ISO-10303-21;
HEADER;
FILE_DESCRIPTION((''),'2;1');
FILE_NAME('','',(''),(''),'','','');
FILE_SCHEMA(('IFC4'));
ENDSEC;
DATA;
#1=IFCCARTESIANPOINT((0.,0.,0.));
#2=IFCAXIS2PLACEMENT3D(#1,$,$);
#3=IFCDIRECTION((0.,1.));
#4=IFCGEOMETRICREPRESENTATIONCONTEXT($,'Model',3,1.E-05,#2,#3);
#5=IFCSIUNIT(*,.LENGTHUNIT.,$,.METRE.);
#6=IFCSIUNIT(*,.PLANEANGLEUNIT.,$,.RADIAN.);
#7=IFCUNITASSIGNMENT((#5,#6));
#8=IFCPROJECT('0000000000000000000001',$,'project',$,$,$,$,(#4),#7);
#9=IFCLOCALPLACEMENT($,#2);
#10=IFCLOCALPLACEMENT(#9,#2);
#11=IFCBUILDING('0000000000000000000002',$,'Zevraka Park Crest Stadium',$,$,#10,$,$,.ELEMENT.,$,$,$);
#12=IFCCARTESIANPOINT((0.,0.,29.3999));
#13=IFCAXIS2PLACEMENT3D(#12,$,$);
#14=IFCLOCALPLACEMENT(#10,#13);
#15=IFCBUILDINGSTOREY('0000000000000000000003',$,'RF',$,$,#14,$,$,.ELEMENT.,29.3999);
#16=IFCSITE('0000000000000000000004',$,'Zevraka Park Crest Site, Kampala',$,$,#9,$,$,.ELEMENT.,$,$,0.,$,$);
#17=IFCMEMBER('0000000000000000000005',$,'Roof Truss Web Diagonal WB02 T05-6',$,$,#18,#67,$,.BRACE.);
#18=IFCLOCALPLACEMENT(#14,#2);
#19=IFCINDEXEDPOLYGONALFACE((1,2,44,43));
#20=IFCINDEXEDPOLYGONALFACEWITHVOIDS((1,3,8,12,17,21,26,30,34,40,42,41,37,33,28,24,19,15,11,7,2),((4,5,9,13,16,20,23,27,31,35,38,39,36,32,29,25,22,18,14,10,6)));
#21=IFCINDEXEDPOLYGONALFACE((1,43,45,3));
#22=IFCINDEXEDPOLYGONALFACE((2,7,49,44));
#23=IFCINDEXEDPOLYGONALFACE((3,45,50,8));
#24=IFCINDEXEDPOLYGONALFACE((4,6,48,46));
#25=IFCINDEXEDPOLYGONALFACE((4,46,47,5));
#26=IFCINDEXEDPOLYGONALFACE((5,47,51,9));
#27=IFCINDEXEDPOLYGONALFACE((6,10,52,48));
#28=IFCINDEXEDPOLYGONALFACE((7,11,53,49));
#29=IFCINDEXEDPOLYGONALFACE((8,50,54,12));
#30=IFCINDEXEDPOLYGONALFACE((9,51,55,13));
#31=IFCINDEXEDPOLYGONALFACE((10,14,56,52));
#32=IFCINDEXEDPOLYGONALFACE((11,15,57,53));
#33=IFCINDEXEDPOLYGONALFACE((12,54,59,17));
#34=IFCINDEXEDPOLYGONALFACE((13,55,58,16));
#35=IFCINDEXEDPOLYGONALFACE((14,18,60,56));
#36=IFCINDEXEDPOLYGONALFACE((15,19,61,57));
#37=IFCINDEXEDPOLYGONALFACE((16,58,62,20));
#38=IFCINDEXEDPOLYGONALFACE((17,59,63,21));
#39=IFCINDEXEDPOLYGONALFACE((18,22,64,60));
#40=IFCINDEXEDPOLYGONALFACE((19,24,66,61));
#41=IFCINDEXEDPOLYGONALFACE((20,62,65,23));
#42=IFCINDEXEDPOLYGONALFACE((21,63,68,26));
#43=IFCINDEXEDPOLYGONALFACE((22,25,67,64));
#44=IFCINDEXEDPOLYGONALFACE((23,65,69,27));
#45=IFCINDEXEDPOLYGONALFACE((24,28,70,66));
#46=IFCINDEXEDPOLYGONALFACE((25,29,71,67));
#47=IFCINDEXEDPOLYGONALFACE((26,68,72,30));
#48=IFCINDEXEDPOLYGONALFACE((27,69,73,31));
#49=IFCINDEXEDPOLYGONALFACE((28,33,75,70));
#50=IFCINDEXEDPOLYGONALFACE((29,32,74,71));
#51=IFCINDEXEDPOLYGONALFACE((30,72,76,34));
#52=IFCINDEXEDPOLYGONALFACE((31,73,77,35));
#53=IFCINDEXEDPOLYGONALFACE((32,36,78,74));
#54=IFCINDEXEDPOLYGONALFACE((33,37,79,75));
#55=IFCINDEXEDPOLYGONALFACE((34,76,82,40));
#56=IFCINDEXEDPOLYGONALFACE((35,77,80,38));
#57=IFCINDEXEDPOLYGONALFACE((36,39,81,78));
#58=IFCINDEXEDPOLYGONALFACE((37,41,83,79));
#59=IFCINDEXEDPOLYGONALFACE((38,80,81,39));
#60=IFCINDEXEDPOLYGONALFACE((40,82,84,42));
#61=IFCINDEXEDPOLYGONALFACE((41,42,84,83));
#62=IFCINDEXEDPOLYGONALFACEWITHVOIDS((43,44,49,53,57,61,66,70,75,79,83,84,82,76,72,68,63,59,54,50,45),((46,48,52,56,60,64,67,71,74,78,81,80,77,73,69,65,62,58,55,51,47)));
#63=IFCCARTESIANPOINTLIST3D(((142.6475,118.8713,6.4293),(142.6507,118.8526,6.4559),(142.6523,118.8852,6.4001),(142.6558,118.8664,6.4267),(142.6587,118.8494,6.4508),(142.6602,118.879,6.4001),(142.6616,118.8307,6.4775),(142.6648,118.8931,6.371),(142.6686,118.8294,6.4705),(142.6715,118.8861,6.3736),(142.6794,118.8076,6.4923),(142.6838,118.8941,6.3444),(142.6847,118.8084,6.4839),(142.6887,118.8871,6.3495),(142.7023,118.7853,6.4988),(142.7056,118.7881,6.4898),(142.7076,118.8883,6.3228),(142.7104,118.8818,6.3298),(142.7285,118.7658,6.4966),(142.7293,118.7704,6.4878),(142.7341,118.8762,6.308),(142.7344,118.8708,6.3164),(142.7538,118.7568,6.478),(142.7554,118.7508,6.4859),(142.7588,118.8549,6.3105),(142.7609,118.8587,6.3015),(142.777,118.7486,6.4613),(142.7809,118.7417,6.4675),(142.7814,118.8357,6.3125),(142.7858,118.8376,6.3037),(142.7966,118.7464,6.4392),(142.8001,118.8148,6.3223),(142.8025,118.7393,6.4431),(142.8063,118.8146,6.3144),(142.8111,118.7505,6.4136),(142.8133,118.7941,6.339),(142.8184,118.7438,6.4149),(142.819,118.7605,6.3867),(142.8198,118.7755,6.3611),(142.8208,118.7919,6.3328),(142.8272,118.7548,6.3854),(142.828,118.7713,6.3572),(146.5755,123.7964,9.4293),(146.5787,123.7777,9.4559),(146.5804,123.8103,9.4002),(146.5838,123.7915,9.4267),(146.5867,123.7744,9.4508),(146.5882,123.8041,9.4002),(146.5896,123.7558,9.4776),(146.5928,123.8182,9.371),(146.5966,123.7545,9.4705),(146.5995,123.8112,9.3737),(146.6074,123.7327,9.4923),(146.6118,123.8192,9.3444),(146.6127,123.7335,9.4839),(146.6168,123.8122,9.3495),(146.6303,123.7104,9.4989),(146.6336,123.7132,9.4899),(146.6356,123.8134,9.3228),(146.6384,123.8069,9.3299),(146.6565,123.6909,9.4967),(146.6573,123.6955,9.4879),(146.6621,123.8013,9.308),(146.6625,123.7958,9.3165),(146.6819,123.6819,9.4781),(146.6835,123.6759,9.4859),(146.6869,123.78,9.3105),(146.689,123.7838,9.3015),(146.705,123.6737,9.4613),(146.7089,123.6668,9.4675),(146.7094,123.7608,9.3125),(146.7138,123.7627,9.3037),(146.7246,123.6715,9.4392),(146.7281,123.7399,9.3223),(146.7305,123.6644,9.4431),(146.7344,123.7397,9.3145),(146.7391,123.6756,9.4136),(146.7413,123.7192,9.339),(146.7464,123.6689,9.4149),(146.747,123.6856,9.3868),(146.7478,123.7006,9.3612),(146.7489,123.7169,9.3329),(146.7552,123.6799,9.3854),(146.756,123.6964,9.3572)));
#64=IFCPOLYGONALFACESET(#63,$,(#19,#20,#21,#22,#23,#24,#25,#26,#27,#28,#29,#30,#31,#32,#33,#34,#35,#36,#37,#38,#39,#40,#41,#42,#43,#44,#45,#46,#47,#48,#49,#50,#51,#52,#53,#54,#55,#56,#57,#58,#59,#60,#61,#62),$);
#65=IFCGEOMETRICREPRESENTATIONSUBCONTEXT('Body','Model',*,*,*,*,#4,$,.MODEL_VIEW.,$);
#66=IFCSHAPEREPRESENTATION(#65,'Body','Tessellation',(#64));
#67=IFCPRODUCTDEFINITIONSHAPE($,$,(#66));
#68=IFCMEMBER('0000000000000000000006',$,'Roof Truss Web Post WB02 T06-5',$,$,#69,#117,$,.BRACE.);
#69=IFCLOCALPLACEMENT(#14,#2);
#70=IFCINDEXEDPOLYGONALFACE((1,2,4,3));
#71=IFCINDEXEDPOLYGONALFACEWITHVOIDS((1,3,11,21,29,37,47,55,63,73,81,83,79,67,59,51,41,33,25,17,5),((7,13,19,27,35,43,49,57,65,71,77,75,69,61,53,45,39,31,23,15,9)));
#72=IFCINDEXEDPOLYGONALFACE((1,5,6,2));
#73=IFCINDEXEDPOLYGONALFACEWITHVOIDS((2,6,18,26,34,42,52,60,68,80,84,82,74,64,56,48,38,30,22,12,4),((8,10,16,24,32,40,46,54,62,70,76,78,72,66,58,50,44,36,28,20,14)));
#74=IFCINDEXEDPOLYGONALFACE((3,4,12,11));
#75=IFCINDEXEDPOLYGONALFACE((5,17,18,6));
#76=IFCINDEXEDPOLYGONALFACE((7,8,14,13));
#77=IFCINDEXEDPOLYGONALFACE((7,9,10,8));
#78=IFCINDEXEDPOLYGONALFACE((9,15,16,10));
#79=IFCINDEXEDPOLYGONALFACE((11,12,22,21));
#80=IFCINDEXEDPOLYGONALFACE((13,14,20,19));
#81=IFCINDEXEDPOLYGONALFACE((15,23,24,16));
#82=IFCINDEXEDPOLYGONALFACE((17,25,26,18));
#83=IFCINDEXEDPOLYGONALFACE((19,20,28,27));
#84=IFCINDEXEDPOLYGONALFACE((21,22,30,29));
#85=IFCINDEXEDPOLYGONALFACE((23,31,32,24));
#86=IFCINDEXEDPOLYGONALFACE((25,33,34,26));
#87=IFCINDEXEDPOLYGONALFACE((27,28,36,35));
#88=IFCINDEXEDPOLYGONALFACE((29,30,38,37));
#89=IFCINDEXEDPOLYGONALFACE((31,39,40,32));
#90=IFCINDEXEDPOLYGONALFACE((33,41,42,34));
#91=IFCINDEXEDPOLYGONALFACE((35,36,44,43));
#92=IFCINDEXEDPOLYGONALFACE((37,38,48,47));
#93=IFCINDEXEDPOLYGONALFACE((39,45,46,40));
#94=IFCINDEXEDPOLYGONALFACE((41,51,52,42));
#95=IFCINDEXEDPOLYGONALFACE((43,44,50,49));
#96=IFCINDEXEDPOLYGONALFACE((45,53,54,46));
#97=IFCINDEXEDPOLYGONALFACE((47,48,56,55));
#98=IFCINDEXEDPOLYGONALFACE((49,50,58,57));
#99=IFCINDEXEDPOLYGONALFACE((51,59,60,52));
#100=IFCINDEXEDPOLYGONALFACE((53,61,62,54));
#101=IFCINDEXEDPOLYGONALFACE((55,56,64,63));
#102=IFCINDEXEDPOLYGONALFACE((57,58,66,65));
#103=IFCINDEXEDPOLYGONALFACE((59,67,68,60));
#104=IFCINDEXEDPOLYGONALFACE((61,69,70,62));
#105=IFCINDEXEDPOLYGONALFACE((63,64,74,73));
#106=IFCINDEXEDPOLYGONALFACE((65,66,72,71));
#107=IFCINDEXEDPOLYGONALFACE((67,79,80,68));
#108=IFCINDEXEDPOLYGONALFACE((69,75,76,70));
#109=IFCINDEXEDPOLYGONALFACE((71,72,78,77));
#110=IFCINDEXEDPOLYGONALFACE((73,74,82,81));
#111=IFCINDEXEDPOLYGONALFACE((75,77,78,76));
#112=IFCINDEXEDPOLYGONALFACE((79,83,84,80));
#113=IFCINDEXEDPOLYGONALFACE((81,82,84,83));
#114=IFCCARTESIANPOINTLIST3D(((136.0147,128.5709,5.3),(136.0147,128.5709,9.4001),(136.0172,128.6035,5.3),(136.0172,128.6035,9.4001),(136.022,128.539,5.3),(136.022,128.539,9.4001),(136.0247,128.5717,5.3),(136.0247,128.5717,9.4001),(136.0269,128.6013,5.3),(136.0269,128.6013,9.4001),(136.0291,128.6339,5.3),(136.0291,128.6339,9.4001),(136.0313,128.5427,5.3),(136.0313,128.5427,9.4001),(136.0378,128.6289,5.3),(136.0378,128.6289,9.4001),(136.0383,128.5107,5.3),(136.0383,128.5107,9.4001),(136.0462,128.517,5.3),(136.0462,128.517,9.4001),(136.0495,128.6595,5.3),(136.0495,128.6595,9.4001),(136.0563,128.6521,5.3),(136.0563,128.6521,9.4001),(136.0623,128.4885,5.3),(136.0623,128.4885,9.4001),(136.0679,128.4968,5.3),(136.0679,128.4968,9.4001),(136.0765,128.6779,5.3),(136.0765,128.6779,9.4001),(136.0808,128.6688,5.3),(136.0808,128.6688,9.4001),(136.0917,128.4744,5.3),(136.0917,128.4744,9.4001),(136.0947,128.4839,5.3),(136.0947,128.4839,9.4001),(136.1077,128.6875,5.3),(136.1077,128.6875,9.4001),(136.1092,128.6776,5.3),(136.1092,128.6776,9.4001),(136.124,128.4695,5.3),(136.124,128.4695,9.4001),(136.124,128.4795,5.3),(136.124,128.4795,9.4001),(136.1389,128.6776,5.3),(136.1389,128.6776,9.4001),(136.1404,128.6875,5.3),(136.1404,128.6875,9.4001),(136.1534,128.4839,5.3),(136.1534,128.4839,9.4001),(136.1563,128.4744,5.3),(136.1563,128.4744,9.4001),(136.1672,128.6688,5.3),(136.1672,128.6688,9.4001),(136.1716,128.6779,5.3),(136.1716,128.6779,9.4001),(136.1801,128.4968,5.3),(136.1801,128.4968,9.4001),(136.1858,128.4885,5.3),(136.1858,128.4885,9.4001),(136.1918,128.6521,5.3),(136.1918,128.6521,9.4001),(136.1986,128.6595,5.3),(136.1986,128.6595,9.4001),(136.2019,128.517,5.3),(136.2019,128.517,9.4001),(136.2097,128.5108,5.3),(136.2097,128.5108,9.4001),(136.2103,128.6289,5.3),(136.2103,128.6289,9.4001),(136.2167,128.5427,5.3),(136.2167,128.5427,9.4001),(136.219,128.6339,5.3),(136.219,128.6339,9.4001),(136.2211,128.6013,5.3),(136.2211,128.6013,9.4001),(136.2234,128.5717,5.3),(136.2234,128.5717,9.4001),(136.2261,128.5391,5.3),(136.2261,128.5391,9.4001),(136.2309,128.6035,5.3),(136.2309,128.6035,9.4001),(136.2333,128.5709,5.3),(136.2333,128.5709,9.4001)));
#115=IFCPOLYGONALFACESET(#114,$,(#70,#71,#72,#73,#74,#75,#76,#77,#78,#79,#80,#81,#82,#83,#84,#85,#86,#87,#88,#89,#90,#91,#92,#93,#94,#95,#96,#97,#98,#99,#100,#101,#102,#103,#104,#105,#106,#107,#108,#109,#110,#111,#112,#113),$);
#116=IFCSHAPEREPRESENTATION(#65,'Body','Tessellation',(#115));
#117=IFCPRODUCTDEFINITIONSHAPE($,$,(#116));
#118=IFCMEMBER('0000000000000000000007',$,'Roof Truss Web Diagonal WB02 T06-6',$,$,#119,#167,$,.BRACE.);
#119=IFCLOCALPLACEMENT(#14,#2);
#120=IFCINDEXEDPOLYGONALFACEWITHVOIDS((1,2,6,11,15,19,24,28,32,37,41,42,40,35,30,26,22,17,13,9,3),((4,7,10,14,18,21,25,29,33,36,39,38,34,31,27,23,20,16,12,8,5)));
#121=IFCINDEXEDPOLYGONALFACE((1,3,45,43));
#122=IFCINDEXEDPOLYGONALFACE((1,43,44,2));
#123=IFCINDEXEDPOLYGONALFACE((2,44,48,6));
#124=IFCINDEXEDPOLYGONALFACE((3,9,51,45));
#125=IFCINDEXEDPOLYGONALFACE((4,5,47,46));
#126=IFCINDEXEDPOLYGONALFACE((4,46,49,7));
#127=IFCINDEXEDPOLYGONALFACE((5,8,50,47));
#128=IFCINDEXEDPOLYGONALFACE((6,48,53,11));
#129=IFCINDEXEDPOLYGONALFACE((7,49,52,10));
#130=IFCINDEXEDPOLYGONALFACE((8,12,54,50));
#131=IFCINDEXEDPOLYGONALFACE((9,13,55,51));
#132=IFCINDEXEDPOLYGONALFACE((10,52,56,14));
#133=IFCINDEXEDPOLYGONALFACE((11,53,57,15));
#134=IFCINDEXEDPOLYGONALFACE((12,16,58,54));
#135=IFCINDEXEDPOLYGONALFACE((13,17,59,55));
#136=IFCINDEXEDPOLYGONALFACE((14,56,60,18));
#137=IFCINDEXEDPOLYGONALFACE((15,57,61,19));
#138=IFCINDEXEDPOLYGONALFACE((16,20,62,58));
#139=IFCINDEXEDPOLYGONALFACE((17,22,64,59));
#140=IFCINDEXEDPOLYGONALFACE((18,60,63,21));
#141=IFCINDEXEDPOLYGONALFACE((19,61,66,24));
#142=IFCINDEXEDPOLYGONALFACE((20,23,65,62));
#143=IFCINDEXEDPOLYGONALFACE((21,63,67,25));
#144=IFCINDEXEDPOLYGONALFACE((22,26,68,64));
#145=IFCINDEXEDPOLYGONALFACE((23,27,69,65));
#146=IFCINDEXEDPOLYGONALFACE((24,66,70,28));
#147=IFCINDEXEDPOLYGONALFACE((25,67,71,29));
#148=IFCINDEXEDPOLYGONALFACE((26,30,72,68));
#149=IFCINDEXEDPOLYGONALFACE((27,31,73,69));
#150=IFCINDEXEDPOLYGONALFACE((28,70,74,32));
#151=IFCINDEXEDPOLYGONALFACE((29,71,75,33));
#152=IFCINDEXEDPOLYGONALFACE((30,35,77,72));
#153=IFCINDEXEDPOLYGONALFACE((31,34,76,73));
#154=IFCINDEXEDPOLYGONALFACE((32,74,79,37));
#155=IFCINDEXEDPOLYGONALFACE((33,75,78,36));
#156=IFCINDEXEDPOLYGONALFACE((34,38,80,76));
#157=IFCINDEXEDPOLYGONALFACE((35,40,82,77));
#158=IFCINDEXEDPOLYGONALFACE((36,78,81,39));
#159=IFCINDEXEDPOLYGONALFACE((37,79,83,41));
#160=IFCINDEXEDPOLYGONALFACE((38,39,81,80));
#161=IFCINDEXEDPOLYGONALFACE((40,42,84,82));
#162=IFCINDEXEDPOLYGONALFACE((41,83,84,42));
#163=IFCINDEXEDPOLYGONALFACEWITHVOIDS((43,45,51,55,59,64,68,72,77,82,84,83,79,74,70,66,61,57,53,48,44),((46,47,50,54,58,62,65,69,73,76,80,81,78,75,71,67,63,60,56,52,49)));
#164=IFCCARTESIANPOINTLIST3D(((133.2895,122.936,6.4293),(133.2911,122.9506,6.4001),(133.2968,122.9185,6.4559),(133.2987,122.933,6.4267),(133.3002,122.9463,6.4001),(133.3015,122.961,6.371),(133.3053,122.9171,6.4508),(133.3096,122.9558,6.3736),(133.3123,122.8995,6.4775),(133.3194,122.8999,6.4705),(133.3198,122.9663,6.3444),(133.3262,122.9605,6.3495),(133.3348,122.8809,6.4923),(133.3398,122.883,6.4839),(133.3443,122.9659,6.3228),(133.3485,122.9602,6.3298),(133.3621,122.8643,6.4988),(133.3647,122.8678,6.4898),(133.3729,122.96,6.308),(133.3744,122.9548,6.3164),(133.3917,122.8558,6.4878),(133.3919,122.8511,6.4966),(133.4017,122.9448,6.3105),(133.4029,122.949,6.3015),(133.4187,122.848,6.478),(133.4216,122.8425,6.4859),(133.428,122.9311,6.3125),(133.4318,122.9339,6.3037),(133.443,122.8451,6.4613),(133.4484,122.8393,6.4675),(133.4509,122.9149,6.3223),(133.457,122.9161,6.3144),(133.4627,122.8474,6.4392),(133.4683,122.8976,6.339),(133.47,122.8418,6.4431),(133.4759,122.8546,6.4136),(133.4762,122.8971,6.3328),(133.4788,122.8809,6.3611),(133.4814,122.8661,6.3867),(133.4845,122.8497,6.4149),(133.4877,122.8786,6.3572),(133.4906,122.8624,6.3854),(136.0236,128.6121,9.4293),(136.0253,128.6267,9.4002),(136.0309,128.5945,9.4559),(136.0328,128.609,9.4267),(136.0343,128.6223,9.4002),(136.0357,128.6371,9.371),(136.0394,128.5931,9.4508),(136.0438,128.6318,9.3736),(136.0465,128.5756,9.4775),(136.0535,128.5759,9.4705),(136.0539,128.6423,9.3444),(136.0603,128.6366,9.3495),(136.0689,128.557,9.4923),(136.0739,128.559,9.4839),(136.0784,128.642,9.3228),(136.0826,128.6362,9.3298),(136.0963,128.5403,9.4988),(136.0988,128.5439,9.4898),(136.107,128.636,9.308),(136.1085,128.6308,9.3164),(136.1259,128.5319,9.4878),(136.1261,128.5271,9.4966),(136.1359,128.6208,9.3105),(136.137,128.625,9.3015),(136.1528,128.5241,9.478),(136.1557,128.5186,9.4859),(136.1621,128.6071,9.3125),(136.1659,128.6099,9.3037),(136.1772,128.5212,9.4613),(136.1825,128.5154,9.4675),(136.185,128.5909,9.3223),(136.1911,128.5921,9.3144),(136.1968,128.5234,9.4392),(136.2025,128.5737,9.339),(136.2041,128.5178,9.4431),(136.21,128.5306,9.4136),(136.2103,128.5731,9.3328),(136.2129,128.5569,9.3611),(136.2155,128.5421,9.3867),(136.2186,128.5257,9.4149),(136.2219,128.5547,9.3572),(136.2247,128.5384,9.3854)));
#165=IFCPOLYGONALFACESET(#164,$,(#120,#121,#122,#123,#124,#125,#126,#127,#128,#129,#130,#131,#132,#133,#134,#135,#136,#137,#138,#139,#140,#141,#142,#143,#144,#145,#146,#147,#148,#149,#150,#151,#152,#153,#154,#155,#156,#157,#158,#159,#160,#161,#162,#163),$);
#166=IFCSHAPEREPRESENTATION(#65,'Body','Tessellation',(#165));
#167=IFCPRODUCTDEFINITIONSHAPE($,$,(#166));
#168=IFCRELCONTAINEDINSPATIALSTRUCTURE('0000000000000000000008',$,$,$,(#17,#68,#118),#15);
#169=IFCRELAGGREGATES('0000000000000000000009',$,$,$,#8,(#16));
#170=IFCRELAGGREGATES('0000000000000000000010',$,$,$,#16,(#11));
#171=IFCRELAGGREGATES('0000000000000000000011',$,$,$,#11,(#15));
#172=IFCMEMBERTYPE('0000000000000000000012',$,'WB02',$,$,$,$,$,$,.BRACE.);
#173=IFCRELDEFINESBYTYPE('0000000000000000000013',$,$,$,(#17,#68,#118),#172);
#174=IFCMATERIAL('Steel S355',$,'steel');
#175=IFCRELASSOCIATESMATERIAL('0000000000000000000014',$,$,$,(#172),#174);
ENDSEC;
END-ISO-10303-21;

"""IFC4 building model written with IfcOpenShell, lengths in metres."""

from ifc_helpers import new_model, si_unit, direction, frame, origin, origin_2d, place, context, subcontext, project, spatial, hollow_circle, extrude, material, material_profile, profile_set, type_object, element, save


model = new_model("IFC4")

# Units and contexts
model_context = context("Model", 3, precision=1e-05, world=origin(), true_north=direction((0.0, 1.0)))
body_context = subcontext(model_context, "Body", "Model", "MODEL_VIEW")
ifc_project = project(units=[si_unit("LENGTHUNIT", "METRE"), si_unit("PLANEANGLEUNIT", "RADIAN")], contexts=[model_context])

# Site, building, storey
site_placement = place(None, origin())
site = spatial("IfcSite", under=ifc_project, at=site_placement, Name="Zevraka Park Crest Site, Kampala", CompositionType="ELEMENT", RefElevation=0.0)
building_placement = place(site_placement, origin())
building = spatial("IfcBuilding", under=site, at=building_placement, Name="Zevraka Park Crest Stadium", CompositionType="ELEMENT")
storey_placement = place(building_placement, frame((0.0, 0.0, 29.3999)))
storey = spatial("IfcBuildingStorey", under=building, at=storey_placement, Name="RF", CompositionType="ELEMENT", Elevation=29.3999)

# Members
ifc_material_1 = material(Name="Steel S355", Category="steel")
ifc_material_profile_1 = material_profile(ifc_material_1, hollow_circle(Radius=0.1096, WallThickness=0.01, at=origin_2d()), Name="CHS 219.1x10")
ifc_profile_set_1 = profile_set([ifc_material_profile_1], Name="Steel S355")
member_type_1 = type_object("IfcMemberType", Name="WB02", PredefinedType="BRACE", material=ifc_profile_set_1)
member_1_placement = place(storey_placement, frame((142.738, 118.8169, 6.4001), z_axis=(0.562951, 0.70585, 0.429955), x_axis=(-0.781802, 0.623527, 0.0)))
element("IfcMember", 1, at=member_1_placement, inside=storey, type_object=member_type_1, Name="Roof Truss Web Diagonal WB02 T05-6", PredefinedType="BRACE", context=body_context, shape_type="SweptSolid", body=[
    extrude(hollow_circle(Radius=0.1096, WallThickness=0.01, at=origin_2d()), origin(), (0.0, 0.0, 1.0), 6.9775),
])
member_2_placement = place(storey_placement, frame((136.124, 128.5791, 5.3), z_axis=(0.0, 0.0, 1.0), x_axis=(0.433816, 0.901001, 0.0)))
element("IfcMember", 2, at=member_2_placement, inside=storey, type_object=member_type_1, Name="Roof Truss Web Post WB02 T06-5", PredefinedType="BRACE", context=body_context, shape_type="SweptSolid", body=[
    extrude(hollow_circle(Radius=0.1096, WallThickness=0.01, at=origin_2d()), origin(), (0.0, 0.0, 1.0), 4.1001),
])
member_3_placement = place(storey_placement, frame((133.3899, 122.9031, 6.4001), z_axis=(0.391821, 0.813415, 0.429922), x_axis=(-0.900925, 0.433974, 0.0)))
element("IfcMember", 3, at=member_3_placement, inside=storey, type_object=member_type_1, Name="Roof Truss Web Diagonal WB02 T06-6", PredefinedType="BRACE", context=body_context, shape_type="SweptSolid", body=[
    extrude(hollow_circle(Radius=0.1096, WallThickness=0.01, at=origin_2d()), origin(), (0.0, 0.0, 1.0), 6.978),
])

save(model, "model.ifc")
